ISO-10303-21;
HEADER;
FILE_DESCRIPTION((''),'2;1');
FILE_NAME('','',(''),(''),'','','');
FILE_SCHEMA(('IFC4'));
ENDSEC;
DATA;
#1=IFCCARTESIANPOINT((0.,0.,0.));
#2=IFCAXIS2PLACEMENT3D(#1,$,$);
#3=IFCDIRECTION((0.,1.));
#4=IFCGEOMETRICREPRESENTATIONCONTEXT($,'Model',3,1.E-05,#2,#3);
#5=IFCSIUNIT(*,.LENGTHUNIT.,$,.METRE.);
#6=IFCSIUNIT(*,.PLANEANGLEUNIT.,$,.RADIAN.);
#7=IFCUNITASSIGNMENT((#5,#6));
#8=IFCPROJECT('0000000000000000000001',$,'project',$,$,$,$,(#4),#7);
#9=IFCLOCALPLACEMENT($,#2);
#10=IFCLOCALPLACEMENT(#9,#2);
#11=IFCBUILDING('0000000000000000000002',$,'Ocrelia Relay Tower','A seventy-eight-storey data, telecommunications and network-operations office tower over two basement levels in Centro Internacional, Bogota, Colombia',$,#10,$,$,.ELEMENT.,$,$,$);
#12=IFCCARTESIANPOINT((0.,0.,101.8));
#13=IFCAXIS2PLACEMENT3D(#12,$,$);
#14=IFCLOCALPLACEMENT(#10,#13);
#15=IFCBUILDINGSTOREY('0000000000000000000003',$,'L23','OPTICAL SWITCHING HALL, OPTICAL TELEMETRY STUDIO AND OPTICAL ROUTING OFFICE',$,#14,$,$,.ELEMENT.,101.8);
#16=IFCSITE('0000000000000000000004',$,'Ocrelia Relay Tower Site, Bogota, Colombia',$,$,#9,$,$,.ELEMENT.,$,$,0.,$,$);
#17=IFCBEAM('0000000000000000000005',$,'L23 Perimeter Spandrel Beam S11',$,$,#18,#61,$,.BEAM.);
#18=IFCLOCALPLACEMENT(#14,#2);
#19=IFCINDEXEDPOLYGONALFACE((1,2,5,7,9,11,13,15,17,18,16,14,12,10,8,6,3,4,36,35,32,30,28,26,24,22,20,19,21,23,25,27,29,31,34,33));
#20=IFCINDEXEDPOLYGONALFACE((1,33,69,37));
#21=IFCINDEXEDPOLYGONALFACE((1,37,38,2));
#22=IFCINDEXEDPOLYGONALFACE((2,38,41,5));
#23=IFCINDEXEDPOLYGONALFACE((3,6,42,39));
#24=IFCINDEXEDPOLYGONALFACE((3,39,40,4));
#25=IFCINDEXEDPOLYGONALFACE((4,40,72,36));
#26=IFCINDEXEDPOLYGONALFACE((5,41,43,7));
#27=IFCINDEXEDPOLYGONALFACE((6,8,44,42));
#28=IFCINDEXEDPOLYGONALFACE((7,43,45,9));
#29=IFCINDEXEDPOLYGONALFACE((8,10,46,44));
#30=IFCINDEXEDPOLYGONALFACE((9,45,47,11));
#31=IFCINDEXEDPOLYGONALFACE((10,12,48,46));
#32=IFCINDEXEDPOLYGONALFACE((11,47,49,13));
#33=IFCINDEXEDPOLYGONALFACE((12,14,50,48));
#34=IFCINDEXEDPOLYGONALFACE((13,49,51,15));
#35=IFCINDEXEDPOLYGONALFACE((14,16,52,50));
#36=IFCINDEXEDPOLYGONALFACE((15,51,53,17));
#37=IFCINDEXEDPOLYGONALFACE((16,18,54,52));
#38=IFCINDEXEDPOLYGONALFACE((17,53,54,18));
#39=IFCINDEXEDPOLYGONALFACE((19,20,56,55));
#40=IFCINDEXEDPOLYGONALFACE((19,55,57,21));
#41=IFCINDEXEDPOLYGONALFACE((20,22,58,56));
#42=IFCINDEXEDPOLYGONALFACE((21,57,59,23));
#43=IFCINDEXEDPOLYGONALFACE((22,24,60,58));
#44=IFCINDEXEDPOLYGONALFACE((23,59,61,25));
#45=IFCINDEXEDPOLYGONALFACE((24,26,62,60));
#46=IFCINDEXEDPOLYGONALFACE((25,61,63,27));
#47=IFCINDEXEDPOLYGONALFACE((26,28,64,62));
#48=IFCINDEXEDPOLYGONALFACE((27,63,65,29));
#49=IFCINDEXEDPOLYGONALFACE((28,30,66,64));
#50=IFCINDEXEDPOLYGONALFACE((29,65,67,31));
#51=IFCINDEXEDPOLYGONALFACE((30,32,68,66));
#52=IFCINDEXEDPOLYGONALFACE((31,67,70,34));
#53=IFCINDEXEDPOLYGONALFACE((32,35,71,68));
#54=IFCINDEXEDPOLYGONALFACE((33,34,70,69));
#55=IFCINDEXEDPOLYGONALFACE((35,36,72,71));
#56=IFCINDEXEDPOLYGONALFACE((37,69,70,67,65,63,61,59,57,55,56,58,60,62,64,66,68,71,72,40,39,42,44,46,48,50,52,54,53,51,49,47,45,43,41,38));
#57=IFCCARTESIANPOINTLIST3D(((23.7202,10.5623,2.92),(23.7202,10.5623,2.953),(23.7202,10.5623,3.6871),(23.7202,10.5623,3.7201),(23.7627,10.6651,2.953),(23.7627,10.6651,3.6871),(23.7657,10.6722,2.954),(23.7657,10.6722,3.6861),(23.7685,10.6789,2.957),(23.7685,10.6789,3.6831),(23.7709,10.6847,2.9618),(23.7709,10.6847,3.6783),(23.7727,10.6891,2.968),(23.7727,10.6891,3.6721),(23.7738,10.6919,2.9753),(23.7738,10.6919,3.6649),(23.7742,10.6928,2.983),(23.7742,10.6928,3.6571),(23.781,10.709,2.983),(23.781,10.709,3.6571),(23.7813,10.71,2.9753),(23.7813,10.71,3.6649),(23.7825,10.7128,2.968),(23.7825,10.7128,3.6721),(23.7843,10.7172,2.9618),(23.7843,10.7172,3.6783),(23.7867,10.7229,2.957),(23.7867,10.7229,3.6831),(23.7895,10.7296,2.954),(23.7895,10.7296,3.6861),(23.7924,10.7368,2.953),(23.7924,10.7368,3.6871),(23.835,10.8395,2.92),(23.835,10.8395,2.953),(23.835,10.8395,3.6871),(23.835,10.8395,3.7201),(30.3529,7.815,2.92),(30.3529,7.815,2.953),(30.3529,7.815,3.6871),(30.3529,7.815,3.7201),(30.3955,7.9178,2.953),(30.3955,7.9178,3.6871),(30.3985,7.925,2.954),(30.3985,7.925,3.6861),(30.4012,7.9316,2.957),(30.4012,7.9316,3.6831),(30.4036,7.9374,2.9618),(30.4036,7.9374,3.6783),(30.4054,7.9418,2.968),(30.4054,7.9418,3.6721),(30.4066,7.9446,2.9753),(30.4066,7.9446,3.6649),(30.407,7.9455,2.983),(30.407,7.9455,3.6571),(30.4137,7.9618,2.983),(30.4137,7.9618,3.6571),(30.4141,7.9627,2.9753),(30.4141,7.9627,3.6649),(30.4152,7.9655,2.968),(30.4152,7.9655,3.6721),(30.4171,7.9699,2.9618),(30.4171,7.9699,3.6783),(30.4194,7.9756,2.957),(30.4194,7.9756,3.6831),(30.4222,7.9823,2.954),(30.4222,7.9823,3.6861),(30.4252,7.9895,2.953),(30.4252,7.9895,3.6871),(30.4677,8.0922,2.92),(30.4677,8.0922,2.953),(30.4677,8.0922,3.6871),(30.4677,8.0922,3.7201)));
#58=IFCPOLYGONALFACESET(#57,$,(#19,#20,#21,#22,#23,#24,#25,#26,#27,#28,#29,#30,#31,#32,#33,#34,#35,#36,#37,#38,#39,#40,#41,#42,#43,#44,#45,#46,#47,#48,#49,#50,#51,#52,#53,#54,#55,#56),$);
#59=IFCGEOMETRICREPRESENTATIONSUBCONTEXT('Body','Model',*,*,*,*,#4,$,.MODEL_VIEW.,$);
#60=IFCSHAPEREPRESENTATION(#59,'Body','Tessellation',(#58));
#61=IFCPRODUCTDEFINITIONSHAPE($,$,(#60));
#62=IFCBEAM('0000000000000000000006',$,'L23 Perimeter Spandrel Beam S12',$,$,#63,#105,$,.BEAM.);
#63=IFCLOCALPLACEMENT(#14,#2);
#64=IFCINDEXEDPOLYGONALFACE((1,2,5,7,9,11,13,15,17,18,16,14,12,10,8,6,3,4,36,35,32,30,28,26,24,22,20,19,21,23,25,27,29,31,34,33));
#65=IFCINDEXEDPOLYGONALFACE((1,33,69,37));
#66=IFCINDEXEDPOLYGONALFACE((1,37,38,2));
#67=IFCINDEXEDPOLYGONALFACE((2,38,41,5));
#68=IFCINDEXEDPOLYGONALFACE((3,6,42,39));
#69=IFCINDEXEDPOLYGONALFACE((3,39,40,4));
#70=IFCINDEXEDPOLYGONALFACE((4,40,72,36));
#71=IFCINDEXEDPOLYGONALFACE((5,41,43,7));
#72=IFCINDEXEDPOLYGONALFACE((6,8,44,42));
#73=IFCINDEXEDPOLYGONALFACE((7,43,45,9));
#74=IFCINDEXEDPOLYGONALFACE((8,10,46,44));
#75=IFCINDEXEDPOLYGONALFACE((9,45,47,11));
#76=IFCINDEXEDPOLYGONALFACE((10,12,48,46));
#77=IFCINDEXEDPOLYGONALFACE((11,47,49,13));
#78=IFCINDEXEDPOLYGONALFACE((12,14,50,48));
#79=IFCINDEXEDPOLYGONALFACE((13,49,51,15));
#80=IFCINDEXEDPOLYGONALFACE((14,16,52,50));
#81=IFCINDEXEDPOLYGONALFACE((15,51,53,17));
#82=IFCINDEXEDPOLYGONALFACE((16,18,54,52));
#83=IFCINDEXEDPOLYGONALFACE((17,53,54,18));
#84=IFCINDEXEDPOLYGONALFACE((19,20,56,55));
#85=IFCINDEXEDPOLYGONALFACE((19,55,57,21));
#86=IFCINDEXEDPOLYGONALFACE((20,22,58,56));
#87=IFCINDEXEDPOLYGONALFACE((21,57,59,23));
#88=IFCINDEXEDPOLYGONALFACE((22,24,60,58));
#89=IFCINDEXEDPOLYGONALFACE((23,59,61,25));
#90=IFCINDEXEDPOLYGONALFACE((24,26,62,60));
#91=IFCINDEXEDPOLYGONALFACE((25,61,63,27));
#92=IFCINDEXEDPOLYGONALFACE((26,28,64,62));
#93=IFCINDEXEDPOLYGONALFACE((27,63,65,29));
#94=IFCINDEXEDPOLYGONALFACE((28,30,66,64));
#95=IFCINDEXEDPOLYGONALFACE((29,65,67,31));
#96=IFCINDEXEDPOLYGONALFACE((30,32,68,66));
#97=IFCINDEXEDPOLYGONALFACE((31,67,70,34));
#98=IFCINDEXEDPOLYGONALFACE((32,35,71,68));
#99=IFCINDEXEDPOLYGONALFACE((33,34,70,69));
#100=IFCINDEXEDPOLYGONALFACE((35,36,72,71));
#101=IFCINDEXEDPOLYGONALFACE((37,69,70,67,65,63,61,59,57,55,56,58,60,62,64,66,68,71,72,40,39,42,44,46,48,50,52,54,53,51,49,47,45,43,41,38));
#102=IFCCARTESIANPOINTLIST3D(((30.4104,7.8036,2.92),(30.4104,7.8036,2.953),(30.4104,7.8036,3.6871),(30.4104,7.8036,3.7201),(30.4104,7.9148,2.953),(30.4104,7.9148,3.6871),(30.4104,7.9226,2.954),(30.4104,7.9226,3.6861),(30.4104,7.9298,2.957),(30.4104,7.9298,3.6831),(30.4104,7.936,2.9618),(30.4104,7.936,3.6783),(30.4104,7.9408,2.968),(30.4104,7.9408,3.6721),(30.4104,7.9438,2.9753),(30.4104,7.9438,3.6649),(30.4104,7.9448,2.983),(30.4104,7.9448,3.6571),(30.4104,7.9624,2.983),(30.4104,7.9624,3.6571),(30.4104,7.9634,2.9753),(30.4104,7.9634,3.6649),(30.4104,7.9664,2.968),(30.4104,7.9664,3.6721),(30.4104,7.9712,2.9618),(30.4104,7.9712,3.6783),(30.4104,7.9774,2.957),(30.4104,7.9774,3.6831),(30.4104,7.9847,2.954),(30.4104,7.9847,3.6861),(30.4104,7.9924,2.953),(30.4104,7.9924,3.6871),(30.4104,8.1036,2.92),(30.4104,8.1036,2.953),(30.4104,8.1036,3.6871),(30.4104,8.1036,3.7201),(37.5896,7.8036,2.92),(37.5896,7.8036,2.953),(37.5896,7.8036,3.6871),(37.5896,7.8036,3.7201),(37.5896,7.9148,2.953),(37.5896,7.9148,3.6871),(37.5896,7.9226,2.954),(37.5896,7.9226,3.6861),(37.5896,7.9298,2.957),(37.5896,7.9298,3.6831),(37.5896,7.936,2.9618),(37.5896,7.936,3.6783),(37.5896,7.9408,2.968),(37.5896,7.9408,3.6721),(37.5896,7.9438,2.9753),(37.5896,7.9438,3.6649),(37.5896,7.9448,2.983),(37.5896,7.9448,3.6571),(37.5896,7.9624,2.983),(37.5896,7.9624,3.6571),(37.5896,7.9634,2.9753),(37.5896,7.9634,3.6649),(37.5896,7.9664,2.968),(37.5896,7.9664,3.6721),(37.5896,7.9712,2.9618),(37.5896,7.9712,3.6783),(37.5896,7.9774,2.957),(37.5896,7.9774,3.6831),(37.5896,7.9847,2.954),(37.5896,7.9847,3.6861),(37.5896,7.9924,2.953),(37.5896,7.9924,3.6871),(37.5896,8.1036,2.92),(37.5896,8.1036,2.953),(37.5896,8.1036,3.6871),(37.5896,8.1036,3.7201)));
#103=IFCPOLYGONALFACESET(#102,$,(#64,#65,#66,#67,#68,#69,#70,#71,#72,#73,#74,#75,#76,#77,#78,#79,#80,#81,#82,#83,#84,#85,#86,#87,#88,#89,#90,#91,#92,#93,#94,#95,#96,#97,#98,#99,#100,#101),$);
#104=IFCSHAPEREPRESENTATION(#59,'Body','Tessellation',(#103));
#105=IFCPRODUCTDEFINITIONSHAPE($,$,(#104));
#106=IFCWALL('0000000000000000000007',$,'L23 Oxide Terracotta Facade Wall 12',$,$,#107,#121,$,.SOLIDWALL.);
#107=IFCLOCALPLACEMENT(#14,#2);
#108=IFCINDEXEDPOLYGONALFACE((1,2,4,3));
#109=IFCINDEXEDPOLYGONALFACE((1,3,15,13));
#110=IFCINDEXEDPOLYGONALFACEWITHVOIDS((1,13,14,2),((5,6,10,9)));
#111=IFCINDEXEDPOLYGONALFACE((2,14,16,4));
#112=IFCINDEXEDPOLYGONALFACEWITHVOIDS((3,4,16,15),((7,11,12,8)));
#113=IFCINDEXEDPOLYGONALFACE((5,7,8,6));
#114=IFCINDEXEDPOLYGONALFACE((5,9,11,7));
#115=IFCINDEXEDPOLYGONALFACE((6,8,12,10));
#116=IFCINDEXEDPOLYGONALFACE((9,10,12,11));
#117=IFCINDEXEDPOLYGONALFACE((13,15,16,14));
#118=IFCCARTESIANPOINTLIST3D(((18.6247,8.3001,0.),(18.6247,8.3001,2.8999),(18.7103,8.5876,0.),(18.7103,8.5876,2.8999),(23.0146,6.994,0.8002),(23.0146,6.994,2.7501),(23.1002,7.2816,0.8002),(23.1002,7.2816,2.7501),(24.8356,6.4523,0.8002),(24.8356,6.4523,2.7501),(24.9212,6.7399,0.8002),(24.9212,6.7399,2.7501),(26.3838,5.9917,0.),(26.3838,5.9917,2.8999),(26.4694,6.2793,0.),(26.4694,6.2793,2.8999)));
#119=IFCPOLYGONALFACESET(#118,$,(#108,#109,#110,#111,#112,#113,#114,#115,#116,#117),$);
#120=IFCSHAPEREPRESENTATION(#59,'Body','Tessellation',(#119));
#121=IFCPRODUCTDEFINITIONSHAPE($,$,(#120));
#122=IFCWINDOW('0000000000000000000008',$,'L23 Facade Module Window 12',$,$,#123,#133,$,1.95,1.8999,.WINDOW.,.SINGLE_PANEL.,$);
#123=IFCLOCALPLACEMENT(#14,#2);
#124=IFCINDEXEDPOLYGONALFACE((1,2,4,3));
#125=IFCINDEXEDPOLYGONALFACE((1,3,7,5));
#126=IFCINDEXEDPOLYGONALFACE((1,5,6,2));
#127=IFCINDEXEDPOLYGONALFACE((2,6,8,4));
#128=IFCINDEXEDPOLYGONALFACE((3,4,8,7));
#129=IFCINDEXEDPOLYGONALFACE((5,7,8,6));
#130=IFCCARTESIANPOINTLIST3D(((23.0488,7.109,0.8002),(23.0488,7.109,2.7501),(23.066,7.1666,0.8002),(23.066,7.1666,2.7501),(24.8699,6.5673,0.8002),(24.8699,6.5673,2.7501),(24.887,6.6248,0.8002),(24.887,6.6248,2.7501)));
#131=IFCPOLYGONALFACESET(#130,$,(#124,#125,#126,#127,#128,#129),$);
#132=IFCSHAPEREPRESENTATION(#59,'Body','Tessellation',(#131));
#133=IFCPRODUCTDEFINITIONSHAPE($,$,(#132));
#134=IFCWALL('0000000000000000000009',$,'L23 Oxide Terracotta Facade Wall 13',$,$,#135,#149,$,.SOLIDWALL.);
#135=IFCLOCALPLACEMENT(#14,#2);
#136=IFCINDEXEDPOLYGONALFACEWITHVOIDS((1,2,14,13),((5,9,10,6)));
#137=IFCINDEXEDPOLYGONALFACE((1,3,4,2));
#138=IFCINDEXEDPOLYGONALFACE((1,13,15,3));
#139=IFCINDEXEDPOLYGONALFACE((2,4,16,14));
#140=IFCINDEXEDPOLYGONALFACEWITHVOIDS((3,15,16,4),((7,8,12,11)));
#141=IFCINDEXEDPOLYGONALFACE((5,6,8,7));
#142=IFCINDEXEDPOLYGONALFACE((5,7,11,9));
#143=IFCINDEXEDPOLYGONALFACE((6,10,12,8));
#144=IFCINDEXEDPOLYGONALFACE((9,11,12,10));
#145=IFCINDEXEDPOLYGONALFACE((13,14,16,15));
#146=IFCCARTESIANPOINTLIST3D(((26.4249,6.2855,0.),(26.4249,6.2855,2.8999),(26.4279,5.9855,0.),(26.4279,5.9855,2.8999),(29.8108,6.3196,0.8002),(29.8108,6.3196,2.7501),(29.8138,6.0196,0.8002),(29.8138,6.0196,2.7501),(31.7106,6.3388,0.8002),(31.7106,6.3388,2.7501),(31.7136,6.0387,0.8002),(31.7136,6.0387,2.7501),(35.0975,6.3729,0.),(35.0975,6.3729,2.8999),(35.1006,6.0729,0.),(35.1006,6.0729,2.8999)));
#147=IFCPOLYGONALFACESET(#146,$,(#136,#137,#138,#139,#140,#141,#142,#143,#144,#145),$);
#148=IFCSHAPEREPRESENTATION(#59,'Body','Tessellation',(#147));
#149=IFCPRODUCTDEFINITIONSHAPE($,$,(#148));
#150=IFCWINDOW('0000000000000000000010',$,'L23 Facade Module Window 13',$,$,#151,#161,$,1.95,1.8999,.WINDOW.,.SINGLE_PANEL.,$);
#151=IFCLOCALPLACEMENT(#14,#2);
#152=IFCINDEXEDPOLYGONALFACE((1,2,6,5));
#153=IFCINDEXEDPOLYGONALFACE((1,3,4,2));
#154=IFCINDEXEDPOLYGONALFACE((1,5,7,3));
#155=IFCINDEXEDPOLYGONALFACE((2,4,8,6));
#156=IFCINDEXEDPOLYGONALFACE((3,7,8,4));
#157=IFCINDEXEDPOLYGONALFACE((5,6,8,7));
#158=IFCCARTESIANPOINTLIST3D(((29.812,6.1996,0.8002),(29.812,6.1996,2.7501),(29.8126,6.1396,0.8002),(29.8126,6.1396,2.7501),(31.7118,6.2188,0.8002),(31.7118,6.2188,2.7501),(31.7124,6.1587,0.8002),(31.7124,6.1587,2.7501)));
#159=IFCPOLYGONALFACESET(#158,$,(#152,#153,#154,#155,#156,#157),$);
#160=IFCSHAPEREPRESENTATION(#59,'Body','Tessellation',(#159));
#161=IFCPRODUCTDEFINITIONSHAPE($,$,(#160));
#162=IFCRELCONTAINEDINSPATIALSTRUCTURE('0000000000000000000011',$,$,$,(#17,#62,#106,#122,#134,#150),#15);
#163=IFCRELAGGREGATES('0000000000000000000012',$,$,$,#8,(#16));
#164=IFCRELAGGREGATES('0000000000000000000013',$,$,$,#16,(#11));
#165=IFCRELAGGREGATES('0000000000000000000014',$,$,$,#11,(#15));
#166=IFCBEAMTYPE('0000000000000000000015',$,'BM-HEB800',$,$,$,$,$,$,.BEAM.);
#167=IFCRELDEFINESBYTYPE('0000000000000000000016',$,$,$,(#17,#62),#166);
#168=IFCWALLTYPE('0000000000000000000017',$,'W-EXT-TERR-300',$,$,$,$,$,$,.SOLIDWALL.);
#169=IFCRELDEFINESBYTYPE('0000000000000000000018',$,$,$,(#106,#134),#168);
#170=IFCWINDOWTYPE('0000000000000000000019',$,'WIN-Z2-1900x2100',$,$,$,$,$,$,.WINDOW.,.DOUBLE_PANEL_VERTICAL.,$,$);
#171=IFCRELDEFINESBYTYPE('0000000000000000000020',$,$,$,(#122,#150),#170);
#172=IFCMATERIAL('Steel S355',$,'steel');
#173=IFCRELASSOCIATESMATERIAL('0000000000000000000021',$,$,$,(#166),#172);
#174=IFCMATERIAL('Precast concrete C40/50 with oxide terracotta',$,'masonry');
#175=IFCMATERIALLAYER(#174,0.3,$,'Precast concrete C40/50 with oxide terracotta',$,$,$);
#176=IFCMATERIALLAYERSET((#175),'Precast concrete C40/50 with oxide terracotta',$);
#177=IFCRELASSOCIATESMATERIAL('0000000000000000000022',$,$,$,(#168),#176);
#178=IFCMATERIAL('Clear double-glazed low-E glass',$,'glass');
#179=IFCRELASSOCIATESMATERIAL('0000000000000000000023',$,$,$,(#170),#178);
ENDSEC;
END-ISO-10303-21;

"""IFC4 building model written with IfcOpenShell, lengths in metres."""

from ifc_helpers import new_model, si_unit, direction, frame, frame_2d, origin, origin_2d, place, context, subcontext, project, spatial, rectangle, i_section, extrude, material, layer, layer_set, material_profile, profile_set, type_object, element, fill, save


model = new_model("IFC4")

# Units and contexts
model_context = context("Model", 3, precision=1e-05, world=origin(), true_north=direction((0.0, 1.0)))
body_context = subcontext(model_context, "Body", "Model", "MODEL_VIEW")
ifc_project = project(units=[si_unit("LENGTHUNIT", "METRE"), si_unit("PLANEANGLEUNIT", "RADIAN")], contexts=[model_context])

# Site, building, storey
site_placement = place(None, origin())
site = spatial("IfcSite", under=ifc_project, at=site_placement, Name="Ocrelia Relay Tower Site, Bogota, Colombia", CompositionType="ELEMENT", RefElevation=0.0)
building_placement = place(site_placement, origin())
building = spatial("IfcBuilding", under=site, at=building_placement, Name="Ocrelia Relay Tower", Description="A seventy-eight-storey data, telecommunications and network-operations office tower over two basement levels in Centro Internacional, Bogota, Colombia", CompositionType="ELEMENT")
storey_placement = place(building_placement, frame((0.0, 0.0, 101.8)))
storey = spatial("IfcBuildingStorey", under=building, at=storey_placement, Name="L23", Description="OPTICAL SWITCHING HALL, OPTICAL TELEMETRY STUDIO AND OPTICAL ROUTING OFFICE", CompositionType="ELEMENT", Elevation=101.8)

# Beams
ifc_material_1 = material(Name="Steel S355", Category="steel")
ifc_material_profile_1 = material_profile(ifc_material_1, i_section(OverallWidth=0.3, OverallDepth=0.8, WebThickness=0.0176, FlangeThickness=0.033, FilletRadius=0.03, at=origin_2d()), Name="HEB 800")
ifc_profile_set_1 = profile_set([ifc_material_profile_1], Name="Steel S355")
beam_type_1 = type_object("IfcBeamType", Name="BM-HEB800", PredefinedType="BEAM", material=ifc_profile_set_1)
for number, where, z_axis, x_axis, name in (
    (1, (23.7776, 10.7009, 3.3201), (0.923884, -0.382673, 0.0), (0.382673, 0.923884, 0.0), "L23 Perimeter Spandrel Beam S11"),
    (2, (30.4104, 7.9536, 3.3201), (1.0, 0.0, 0.0), (0.0, 1.0, 0.0), "L23 Perimeter Spandrel Beam S12"),
):
    element("IfcBeam", number, at=place(storey_placement, frame(where, z_axis=z_axis, x_axis=x_axis)), inside=storey, type_object=beam_type_1, Name=name, PredefinedType="BEAM", context=body_context, shape_type="SweptSolid", body=[
        extrude(i_section(OverallWidth=0.3, OverallDepth=0.8, WebThickness=0.0176, FlangeThickness=0.033, FilletRadius=0.03, at=origin_2d()), origin(), (0.0, 0.0, 1.0), 7.1792),
    ])

# Walls, openings, windows
ifc_material_2 = material(Name="Precast concrete C40/50 with oxide terracotta", Category="masonry")
ifc_layer_1 = layer(ifc_material_2, 0.3, Name="Precast concrete C40/50 with oxide terracotta")
ifc_layer_set_1 = layer_set([ifc_layer_1], Name="Precast concrete C40/50 with oxide terracotta")
wall_type_1 = type_object("IfcWallType", Name="W-EXT-TERR-300", PredefinedType="SOLIDWALL", material=ifc_layer_set_1)
wall_1_placement = place(storey_placement, frame((18.6675, 8.4438, 0.0), z_axis=(0.0, 0.0, 1.0), x_axis=(0.958482, -0.285153, 0.0)))
wall_1 = element("IfcWall", 3, at=wall_1_placement, inside=storey, type_object=wall_type_1, Name="L23 Oxide Terracotta Facade Wall 12", PredefinedType="SOLIDWALL", context=body_context, shape_type="SweptSolid", body=[
    extrude(rectangle(XDim=8.0952, YDim=0.3, at=frame_2d((4.0476, 0.0))), origin(), (0.0, 0.0, 1.0), 2.8999),
])
opening_1_placement = place(wall_1_placement, frame((4.5801, 0.0, 0.8)))
opening_1 = element("IfcOpeningElement", 4, at=opening_1_placement, cuts=wall_1, PredefinedType="OPENING", context=body_context, shape_type="SweptSolid", body=[
    extrude(rectangle(XDim=1.8999, YDim=1.95, at=frame_2d((0.95, 0.9751))), frame((0.0, 0.1602, 0.0), z_axis=(0.0, -1.0, 0.0), x_axis=(1.0, 0.0, 0.0)), (0.0, 0.0, 1.0), 0.3201),
])
ifc_material_3 = material(Name="Clear double-glazed low-E glass", Category="glass")
window_type = type_object("IfcWindowType", Name="WIN-Z2-1900x2100", PartitioningType="DOUBLE_PANEL_VERTICAL", PredefinedType="WINDOW", material=ifc_material_3)
window_1_placement = place(opening_1_placement, origin())
window_1 = element("IfcWindow", 5, at=window_1_placement, inside=storey, type_object=window_type, Name="L23 Facade Module Window 12", OverallHeight=1.95, OverallWidth=1.8999, PartitioningType="SINGLE_PANEL", PredefinedType="WINDOW", context=body_context, shape_type="SweptSolid", body=[
    extrude(rectangle(XDim=1.8999, YDim=1.95, at=frame_2d((0.95, 0.9751))), frame((0.0, 0.03, 0.0), z_axis=(0.0, -1.0, 0.0), x_axis=(1.0, 0.0, 0.0)), (0.0, 0.0, 1.0), 0.0601),
])
fill(opening_1, window_1)
wall_2_placement = place(storey_placement, frame((26.4265, 6.1355, 0.0), z_axis=(0.0, 0.0, 1.0), x_axis=(0.999949, 0.010077, 0.0)))
wall_2 = element("IfcWall", 6, at=wall_2_placement, inside=storey, type_object=wall_type_1, Name="L23 Oxide Terracotta Facade Wall 13", PredefinedType="SOLIDWALL", context=body_context, shape_type="SweptSolid", body=[
    extrude(rectangle(XDim=8.6731, YDim=0.3, at=frame_2d((4.3364, 0.0))), origin(), (0.0, 0.0, 1.0), 2.8999),
])
opening_2_placement = place(wall_2_placement, frame((3.386, 0.0, 0.8)))
opening_2 = element("IfcOpeningElement", 7, at=opening_2_placement, cuts=wall_2, PredefinedType="OPENING", context=body_context, shape_type="SweptSolid", body=[
    extrude(rectangle(XDim=1.8999, YDim=1.95, at=frame_2d((0.95, 0.9751))), frame((0.0, 0.1602, 0.0), z_axis=(0.0, -1.0, 0.0), x_axis=(1.0, 0.0, 0.0)), (0.0, 0.0, 1.0), 0.3201),
])
window_2_placement = place(opening_2_placement, origin())
window_2 = element("IfcWindow", 8, at=window_2_placement, inside=storey, type_object=window_type, Name="L23 Facade Module Window 13", OverallHeight=1.95, OverallWidth=1.8999, PartitioningType="SINGLE_PANEL", PredefinedType="WINDOW", context=body_context, shape_type="SweptSolid", body=[
    extrude(rectangle(XDim=1.8999, YDim=1.95, at=frame_2d((0.95, 0.9751))), frame((0.0, 0.03, 0.0), z_axis=(0.0, -1.0, 0.0), x_axis=(1.0, 0.0, 0.0)), (0.0, 0.0, 1.0), 0.0601),
])
fill(opening_2, window_2)

save(model, "model.ifc")
